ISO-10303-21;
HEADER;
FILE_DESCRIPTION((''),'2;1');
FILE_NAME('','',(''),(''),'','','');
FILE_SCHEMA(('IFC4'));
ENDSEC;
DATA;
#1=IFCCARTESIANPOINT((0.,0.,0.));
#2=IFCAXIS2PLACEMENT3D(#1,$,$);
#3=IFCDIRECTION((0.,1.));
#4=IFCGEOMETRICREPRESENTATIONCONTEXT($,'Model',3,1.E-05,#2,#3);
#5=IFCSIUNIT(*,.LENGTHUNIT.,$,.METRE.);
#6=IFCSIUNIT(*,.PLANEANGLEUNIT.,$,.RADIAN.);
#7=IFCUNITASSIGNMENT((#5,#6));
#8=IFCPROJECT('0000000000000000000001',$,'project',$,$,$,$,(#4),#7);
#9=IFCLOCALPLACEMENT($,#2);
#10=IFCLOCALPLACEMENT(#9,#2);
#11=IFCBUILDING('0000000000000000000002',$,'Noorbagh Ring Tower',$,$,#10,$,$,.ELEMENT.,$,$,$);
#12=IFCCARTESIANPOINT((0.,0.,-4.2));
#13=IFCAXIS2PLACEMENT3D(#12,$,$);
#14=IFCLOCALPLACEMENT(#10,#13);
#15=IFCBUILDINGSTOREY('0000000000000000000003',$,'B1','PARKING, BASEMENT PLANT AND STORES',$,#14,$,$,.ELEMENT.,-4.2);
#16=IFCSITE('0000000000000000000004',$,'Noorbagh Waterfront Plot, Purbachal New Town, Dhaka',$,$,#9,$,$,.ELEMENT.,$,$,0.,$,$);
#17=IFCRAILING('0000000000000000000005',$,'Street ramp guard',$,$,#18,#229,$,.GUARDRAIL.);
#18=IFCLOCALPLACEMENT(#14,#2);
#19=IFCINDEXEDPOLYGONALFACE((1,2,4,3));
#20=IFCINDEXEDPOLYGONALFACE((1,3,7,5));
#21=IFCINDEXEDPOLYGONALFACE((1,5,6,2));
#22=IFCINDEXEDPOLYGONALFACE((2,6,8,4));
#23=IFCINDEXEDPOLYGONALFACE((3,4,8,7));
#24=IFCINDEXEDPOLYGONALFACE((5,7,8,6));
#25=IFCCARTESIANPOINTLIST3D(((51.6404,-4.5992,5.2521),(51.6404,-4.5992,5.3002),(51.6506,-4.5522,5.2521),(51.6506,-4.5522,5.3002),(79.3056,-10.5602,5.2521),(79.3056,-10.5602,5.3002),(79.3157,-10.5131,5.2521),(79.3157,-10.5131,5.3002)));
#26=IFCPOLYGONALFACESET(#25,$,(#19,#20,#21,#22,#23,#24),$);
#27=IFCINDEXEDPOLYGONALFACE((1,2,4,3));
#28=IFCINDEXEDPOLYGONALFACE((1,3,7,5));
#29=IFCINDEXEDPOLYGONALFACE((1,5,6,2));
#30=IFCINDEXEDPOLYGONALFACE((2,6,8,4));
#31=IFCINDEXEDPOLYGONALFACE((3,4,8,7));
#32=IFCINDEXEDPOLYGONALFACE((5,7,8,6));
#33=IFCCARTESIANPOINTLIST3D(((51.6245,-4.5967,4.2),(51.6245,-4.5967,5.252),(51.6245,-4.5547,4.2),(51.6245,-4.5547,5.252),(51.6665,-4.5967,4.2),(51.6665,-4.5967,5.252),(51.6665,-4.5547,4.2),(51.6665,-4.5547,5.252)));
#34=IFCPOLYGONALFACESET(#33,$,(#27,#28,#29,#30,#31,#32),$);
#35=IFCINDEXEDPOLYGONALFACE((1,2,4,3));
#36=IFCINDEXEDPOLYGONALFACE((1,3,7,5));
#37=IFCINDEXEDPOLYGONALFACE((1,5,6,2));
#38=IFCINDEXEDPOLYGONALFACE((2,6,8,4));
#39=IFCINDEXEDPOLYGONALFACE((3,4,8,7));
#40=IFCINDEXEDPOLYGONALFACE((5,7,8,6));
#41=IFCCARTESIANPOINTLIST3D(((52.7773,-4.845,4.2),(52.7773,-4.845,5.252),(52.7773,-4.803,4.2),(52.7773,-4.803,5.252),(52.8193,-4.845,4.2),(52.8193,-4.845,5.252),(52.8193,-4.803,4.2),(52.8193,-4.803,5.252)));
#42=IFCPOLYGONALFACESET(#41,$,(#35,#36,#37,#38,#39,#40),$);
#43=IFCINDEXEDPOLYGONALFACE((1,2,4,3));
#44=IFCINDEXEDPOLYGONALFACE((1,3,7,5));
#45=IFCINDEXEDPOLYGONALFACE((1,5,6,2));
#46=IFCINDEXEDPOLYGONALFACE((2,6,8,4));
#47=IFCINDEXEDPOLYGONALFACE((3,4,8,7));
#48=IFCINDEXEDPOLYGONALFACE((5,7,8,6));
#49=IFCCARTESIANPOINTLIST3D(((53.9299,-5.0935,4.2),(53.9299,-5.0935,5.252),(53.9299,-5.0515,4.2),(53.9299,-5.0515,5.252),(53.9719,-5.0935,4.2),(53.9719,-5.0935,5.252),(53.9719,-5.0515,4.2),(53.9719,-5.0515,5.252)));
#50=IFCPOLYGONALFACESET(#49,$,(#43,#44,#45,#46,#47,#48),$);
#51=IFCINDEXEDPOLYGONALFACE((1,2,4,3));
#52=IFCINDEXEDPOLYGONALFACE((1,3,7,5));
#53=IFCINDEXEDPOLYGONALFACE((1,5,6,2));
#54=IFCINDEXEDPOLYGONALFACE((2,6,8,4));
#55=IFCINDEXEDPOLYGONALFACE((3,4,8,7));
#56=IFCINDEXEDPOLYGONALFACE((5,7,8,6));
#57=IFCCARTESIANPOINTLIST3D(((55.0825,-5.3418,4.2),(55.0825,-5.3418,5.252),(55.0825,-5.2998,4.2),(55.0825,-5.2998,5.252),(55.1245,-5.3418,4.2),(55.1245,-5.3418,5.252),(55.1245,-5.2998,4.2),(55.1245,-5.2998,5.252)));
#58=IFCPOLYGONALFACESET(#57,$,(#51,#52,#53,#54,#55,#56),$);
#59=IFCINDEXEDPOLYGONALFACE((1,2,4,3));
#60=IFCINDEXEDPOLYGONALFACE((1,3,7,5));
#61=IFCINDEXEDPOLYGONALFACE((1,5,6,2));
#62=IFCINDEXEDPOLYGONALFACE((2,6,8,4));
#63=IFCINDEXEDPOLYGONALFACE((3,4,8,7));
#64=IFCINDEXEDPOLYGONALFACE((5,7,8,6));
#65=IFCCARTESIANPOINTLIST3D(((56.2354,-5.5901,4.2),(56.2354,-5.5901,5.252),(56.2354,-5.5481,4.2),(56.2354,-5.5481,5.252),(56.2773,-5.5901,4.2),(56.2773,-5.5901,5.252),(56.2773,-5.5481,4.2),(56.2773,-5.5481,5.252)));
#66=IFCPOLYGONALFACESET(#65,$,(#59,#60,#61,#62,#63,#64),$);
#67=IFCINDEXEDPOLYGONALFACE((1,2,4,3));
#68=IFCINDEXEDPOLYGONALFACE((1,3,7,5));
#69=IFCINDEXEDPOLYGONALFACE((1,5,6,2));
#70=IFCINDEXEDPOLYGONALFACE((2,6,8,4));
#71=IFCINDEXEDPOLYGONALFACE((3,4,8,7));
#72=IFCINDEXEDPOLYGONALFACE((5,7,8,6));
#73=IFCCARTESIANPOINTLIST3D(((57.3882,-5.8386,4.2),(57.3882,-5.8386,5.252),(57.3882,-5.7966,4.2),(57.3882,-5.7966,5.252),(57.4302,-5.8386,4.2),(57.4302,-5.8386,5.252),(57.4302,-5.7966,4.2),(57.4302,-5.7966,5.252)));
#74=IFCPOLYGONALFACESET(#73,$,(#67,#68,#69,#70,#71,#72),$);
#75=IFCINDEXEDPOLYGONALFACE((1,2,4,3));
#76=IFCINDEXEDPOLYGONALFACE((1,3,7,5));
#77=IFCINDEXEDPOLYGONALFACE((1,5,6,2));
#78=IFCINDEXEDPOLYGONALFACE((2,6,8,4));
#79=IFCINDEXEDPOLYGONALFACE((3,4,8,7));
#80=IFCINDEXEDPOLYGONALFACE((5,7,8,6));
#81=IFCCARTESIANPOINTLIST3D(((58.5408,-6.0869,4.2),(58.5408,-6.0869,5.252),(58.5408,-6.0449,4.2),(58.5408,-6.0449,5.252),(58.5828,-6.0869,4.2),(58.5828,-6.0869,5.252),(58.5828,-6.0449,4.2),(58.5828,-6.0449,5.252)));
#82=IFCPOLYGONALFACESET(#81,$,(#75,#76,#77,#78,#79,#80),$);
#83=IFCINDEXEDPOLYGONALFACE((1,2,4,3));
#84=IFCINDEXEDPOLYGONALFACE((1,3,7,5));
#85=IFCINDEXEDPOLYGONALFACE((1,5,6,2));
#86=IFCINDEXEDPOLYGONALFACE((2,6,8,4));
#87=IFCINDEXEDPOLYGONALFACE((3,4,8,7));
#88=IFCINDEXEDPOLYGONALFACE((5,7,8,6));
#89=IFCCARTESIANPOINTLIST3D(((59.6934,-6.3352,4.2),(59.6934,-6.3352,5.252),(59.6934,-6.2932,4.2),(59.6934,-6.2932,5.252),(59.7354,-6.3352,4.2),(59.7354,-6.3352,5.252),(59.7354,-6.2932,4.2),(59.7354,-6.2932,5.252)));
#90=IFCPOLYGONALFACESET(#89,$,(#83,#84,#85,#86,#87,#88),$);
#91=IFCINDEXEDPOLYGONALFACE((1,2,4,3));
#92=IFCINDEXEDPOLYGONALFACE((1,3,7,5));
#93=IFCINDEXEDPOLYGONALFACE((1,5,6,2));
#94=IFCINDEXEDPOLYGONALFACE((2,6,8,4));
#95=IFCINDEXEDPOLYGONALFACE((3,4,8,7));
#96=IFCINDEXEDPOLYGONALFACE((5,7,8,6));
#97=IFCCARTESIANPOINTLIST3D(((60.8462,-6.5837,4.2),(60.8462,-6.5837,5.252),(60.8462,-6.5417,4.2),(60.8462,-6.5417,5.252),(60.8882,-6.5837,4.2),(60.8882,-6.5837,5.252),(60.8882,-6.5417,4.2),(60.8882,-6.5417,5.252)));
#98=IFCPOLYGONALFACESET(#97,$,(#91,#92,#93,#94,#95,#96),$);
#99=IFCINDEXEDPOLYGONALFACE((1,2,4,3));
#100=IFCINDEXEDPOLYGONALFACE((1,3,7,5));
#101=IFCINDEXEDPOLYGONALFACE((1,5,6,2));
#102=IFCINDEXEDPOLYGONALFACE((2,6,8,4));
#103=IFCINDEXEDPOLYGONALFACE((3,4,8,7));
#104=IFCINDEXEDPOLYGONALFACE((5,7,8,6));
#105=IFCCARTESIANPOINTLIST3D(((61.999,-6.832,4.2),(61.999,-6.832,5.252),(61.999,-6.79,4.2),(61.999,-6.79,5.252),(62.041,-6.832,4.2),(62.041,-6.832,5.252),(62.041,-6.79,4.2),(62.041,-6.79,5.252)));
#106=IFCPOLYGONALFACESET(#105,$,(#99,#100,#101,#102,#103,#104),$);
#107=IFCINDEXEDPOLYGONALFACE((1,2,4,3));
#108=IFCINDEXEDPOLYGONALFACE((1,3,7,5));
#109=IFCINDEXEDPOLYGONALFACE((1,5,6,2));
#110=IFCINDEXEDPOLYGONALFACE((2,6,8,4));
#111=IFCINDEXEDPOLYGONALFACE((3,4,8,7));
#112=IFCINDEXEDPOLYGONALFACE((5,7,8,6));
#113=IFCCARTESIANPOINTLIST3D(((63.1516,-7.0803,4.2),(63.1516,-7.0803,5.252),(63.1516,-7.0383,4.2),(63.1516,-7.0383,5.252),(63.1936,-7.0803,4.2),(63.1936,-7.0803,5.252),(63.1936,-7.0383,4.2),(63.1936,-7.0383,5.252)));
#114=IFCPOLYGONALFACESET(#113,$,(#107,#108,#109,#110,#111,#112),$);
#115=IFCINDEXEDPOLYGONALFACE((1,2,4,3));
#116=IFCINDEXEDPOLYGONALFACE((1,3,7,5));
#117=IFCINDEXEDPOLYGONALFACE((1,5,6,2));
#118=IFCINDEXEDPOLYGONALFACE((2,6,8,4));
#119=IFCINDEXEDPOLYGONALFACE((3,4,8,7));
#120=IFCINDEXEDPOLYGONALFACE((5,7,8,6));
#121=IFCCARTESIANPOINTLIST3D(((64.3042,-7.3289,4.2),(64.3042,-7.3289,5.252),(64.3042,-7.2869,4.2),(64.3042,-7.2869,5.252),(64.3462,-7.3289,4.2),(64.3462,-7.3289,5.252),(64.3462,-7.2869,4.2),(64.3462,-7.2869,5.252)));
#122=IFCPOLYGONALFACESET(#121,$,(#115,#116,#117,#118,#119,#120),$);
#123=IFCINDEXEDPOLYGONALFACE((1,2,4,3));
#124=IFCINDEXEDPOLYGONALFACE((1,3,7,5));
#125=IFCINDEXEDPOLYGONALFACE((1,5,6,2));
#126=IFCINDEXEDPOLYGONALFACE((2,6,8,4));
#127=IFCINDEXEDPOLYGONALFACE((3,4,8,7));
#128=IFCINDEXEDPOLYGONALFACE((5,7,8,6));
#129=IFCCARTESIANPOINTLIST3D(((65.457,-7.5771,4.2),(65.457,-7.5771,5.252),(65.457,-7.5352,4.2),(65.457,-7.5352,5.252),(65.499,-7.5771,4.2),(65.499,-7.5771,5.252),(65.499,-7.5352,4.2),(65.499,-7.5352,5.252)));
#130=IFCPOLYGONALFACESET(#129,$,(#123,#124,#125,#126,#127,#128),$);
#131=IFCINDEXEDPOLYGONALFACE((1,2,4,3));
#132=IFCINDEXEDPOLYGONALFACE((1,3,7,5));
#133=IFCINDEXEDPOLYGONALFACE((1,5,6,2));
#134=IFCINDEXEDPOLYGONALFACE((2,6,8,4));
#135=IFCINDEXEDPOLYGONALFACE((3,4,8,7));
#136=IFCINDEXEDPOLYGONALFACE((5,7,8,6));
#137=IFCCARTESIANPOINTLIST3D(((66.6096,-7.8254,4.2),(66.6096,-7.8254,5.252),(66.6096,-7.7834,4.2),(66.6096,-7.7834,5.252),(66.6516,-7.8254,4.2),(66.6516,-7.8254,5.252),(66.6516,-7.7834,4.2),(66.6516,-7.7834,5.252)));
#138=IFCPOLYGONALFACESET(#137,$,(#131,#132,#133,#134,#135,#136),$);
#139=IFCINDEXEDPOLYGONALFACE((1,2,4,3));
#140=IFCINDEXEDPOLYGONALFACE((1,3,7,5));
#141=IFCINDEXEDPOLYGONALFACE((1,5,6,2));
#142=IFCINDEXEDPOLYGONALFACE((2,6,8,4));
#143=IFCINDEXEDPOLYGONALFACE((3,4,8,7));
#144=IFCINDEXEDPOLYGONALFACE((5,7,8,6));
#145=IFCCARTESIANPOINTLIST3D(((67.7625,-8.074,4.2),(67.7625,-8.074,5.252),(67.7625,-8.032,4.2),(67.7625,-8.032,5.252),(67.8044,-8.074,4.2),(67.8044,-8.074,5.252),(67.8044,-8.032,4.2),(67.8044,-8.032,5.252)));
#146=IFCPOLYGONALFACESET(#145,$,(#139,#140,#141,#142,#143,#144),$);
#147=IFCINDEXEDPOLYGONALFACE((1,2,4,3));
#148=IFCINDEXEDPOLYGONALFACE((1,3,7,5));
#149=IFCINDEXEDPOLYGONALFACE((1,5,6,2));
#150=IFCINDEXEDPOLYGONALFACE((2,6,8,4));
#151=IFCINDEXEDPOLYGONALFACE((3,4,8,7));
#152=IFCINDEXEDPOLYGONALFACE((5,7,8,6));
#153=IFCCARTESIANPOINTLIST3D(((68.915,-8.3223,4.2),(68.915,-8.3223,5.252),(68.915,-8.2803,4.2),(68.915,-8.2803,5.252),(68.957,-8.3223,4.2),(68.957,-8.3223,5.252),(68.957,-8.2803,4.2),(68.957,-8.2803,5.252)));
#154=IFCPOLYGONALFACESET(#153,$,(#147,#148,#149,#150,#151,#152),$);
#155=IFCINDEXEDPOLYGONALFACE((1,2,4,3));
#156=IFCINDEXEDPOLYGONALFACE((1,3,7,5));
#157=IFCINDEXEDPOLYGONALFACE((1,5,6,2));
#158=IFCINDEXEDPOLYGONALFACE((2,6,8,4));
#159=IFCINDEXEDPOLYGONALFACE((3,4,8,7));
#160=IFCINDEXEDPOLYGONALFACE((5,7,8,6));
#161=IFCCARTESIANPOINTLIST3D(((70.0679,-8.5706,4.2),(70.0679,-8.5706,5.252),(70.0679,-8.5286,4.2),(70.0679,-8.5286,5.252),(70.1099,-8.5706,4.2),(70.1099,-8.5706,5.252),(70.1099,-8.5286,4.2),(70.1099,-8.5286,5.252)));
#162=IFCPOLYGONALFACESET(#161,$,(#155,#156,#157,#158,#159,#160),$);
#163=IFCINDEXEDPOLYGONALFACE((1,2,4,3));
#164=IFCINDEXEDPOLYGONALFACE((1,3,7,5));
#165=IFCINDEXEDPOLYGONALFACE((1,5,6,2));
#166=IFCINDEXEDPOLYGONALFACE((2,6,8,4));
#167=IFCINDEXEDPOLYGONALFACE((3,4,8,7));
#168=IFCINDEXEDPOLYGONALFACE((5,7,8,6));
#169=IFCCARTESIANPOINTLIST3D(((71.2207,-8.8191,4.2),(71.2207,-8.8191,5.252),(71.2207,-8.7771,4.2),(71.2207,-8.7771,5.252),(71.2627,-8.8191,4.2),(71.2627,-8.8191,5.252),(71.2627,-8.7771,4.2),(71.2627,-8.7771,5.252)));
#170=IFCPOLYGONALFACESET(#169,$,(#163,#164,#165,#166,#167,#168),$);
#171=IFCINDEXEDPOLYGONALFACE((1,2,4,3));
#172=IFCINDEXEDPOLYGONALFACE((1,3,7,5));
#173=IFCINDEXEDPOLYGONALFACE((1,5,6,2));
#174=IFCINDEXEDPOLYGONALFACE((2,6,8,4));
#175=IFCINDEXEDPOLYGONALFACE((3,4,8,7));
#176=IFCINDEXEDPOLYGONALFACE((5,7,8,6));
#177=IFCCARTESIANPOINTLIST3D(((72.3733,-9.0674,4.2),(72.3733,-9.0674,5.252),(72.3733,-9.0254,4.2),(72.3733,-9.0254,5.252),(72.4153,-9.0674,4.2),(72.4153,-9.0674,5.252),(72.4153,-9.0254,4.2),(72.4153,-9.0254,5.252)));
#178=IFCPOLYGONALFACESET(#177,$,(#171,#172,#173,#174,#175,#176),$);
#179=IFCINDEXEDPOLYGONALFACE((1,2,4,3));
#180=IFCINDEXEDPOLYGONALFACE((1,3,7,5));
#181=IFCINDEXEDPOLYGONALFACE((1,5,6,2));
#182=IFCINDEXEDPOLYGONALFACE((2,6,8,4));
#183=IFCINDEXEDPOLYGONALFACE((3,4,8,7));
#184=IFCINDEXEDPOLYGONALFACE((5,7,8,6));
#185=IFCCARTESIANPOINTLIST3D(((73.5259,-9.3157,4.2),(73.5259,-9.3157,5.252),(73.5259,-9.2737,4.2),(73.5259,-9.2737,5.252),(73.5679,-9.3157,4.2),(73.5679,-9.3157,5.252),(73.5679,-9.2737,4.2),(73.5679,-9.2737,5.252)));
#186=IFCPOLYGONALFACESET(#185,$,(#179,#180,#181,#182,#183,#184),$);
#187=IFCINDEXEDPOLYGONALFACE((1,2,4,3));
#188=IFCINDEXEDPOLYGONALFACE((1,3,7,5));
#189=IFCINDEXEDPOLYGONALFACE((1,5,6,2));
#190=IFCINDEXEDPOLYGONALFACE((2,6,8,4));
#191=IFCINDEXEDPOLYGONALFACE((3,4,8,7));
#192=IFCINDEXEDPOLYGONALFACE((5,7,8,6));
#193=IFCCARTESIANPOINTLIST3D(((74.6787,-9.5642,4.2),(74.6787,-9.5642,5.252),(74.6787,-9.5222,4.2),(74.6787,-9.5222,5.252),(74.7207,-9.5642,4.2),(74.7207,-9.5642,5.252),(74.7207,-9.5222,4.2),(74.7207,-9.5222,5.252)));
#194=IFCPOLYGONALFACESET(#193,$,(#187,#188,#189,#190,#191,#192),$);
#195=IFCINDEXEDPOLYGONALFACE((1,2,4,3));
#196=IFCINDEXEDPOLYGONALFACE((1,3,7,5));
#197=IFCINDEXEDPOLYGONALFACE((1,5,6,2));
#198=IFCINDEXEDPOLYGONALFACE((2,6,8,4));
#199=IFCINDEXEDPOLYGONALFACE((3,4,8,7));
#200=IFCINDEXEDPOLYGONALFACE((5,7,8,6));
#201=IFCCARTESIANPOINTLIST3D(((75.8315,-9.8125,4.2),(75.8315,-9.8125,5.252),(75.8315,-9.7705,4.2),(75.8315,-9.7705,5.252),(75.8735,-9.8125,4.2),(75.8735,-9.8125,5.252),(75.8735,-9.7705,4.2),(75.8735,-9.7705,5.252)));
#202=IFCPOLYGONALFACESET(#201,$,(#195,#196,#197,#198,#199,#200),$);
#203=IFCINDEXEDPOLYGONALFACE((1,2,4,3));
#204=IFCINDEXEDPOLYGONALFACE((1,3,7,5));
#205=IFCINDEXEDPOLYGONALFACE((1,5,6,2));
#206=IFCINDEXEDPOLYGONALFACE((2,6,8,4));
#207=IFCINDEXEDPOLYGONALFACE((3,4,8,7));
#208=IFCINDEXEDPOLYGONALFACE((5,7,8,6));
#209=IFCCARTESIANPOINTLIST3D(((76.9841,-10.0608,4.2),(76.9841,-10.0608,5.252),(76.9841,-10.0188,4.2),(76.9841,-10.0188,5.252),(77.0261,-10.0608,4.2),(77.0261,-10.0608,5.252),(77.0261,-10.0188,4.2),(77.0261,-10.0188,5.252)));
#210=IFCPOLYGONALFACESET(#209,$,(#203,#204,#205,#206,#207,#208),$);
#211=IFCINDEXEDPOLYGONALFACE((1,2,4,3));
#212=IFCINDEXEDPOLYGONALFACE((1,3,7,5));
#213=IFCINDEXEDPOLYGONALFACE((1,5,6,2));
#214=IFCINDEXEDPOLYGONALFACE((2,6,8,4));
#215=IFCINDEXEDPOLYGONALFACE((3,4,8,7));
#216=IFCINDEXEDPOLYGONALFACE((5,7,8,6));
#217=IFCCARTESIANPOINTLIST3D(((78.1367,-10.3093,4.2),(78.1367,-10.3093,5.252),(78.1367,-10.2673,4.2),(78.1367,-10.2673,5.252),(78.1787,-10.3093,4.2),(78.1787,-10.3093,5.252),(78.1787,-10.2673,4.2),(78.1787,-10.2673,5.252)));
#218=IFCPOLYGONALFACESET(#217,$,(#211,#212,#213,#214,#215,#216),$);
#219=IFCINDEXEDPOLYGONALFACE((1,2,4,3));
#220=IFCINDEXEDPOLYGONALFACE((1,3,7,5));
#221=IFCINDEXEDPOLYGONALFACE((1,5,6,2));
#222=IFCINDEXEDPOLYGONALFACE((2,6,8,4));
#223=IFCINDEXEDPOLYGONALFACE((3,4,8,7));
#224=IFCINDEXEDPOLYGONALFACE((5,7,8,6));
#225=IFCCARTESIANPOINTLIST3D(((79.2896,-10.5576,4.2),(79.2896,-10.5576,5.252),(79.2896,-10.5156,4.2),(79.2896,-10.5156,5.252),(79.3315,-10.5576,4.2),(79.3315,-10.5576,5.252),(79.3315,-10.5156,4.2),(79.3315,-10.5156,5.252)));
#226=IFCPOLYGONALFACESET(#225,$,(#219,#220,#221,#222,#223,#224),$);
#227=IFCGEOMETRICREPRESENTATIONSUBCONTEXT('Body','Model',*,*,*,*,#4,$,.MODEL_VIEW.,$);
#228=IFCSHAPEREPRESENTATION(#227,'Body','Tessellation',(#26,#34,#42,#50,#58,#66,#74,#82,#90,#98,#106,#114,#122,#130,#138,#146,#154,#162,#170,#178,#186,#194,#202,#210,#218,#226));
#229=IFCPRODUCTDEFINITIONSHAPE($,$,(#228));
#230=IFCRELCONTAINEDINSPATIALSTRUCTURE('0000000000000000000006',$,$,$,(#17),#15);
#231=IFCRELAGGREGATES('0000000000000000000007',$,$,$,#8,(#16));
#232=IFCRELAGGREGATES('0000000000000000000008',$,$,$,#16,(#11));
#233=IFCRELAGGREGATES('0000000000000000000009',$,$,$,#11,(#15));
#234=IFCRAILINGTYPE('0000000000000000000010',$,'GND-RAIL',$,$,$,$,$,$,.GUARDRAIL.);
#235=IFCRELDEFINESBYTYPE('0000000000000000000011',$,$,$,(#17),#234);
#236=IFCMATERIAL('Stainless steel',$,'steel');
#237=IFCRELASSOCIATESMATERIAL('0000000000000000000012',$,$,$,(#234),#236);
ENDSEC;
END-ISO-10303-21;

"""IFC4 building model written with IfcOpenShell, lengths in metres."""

from ifc_helpers import new_model, si_unit, direction, frame, origin, origin_2d, place, context, subcontext, project, spatial, rectangle, extrude, material, type_object, element, save


model = new_model("IFC4")

# Units and contexts
model_context = context("Model", 3, precision=1e-05, world=origin(), true_north=direction((0.0, 1.0)))
body_context = subcontext(model_context, "Body", "Model", "MODEL_VIEW")
ifc_project = project(units=[si_unit("LENGTHUNIT", "METRE"), si_unit("PLANEANGLEUNIT", "RADIAN")], contexts=[model_context])

# Site, building, storey
site_placement = place(None, origin())
site = spatial("IfcSite", under=ifc_project, at=site_placement, Name="Noorbagh Waterfront Plot, Purbachal New Town, Dhaka", CompositionType="ELEMENT", RefElevation=0.0)
building_placement = place(site_placement, origin())
building = spatial("IfcBuilding", under=site, at=building_placement, Name="Noorbagh Ring Tower", CompositionType="ELEMENT")
storey_placement = place(building_placement, frame((0.0, 0.0, -4.2)))
storey = spatial("IfcBuildingStorey", under=building, at=storey_placement, Name="B1", Description="PARKING, BASEMENT PLANT AND STORES", CompositionType="ELEMENT", Elevation=-4.2)

# Railing
ifc_material_1 = material(Name="Stainless steel", Category="steel")
railing_type_1 = type_object("IfcRailingType", Name="GND-RAIL", PredefinedType="GUARDRAIL", material=ifc_material_1)
railing_1_placement = place(storey_placement, frame((51.6455, -4.5757, 4.2)))
element("IfcRailing", 1, at=railing_1_placement, inside=storey, type_object=railing_type_1, Name="Street ramp guard", PredefinedType="GUARDRAIL", context=body_context, shape_type="SweptSolid", body=[
    extrude(rectangle(XDim=0.0481, YDim=0.0481, at=origin_2d()), frame((0.0, 0.0, 1.0762), z_axis=(0.977565, -0.210634, 0.0), x_axis=(0.210634, 0.977565, 0.0)), (0.0, 0.0, 1.0), 28.3),
    extrude(rectangle(XDim=0.042, YDim=0.042, at=origin_2d()), origin(), (0.0, 0.0, 1.0), 1.052),
    extrude(rectangle(XDim=0.042, YDim=0.042, at=origin_2d()), frame((1.1528, -0.2483, 0.0)), (0.0, 0.0, 1.0), 1.052),
    extrude(rectangle(XDim=0.042, YDim=0.042, at=origin_2d()), frame((2.3054, -0.4968, 0.0)), (0.0, 0.0, 1.0), 1.052),
    extrude(rectangle(XDim=0.042, YDim=0.042, at=origin_2d()), frame((3.458, -0.7451, 0.0)), (0.0, 0.0, 1.0), 1.052),
    extrude(rectangle(XDim=0.042, YDim=0.042, at=origin_2d()), frame((4.6108, -0.9934, 0.0)), (0.0, 0.0, 1.0), 1.052),
    extrude(rectangle(XDim=0.042, YDim=0.042, at=origin_2d()), frame((5.7637, -1.2419, 0.0)), (0.0, 0.0, 1.0), 1.052),
    extrude(rectangle(XDim=0.042, YDim=0.042, at=origin_2d()), frame((6.9163, -1.4902, 0.0)), (0.0, 0.0, 1.0), 1.052),
    extrude(rectangle(XDim=0.042, YDim=0.042, at=origin_2d()), frame((8.0688, -1.7385, 0.0)), (0.0, 0.0, 1.0), 1.052),
    extrude(rectangle(XDim=0.042, YDim=0.042, at=origin_2d()), frame((9.2217, -1.9871, 0.0)), (0.0, 0.0, 1.0), 1.052),
    extrude(rectangle(XDim=0.042, YDim=0.042, at=origin_2d()), frame((10.3745, -2.2354, 0.0)), (0.0, 0.0, 1.0), 1.052),
    extrude(rectangle(XDim=0.042, YDim=0.042, at=origin_2d()), frame((11.5271, -2.4836, 0.0)), (0.0, 0.0, 1.0), 1.052),
    extrude(rectangle(XDim=0.042, YDim=0.042, at=origin_2d()), frame((12.6797, -2.7322, 0.0)), (0.0, 0.0, 1.0), 1.052),
    extrude(rectangle(XDim=0.042, YDim=0.042, at=origin_2d()), frame((13.8325, -2.9805, 0.0)), (0.0, 0.0, 1.0), 1.052),
    extrude(rectangle(XDim=0.042, YDim=0.042, at=origin_2d()), frame((14.9851, -3.2288, 0.0)), (0.0, 0.0, 1.0), 1.052),
    extrude(rectangle(XDim=0.042, YDim=0.042, at=origin_2d()), frame((16.1379, -3.4773, 0.0)), (0.0, 0.0, 1.0), 1.052),
    extrude(rectangle(XDim=0.042, YDim=0.042, at=origin_2d()), frame((17.2905, -3.7256, 0.0)), (0.0, 0.0, 1.0), 1.052),
    extrude(rectangle(XDim=0.042, YDim=0.042, at=origin_2d()), frame((18.4434, -3.9739, 0.0)), (0.0, 0.0, 1.0), 1.052),
    extrude(rectangle(XDim=0.042, YDim=0.042, at=origin_2d()), frame((19.5962, -4.2224, 0.0)), (0.0, 0.0, 1.0), 1.052),
    extrude(rectangle(XDim=0.042, YDim=0.042, at=origin_2d()), frame((20.7488, -4.4707, 0.0)), (0.0, 0.0, 1.0), 1.052),
    extrude(rectangle(XDim=0.042, YDim=0.042, at=origin_2d()), frame((21.9014, -4.719, 0.0)), (0.0, 0.0, 1.0), 1.052),
    extrude(rectangle(XDim=0.042, YDim=0.042, at=origin_2d()), frame((23.0542, -4.9675, 0.0)), (0.0, 0.0, 1.0), 1.052),
    extrude(rectangle(XDim=0.042, YDim=0.042, at=origin_2d()), frame((24.207, -5.2158, 0.0)), (0.0, 0.0, 1.0), 1.052),
    extrude(rectangle(XDim=0.042, YDim=0.042, at=origin_2d()), frame((25.3596, -5.4641, 0.0)), (0.0, 0.0, 1.0), 1.052),
    extrude(rectangle(XDim=0.042, YDim=0.042, at=origin_2d()), frame((26.5122, -5.7126, 0.0)), (0.0, 0.0, 1.0), 1.052),
    extrude(rectangle(XDim=0.042, YDim=0.042, at=origin_2d()), frame((27.665, -5.9609, 0.0)), (0.0, 0.0, 1.0), 1.052),
])

save(model, "model.ifc")
